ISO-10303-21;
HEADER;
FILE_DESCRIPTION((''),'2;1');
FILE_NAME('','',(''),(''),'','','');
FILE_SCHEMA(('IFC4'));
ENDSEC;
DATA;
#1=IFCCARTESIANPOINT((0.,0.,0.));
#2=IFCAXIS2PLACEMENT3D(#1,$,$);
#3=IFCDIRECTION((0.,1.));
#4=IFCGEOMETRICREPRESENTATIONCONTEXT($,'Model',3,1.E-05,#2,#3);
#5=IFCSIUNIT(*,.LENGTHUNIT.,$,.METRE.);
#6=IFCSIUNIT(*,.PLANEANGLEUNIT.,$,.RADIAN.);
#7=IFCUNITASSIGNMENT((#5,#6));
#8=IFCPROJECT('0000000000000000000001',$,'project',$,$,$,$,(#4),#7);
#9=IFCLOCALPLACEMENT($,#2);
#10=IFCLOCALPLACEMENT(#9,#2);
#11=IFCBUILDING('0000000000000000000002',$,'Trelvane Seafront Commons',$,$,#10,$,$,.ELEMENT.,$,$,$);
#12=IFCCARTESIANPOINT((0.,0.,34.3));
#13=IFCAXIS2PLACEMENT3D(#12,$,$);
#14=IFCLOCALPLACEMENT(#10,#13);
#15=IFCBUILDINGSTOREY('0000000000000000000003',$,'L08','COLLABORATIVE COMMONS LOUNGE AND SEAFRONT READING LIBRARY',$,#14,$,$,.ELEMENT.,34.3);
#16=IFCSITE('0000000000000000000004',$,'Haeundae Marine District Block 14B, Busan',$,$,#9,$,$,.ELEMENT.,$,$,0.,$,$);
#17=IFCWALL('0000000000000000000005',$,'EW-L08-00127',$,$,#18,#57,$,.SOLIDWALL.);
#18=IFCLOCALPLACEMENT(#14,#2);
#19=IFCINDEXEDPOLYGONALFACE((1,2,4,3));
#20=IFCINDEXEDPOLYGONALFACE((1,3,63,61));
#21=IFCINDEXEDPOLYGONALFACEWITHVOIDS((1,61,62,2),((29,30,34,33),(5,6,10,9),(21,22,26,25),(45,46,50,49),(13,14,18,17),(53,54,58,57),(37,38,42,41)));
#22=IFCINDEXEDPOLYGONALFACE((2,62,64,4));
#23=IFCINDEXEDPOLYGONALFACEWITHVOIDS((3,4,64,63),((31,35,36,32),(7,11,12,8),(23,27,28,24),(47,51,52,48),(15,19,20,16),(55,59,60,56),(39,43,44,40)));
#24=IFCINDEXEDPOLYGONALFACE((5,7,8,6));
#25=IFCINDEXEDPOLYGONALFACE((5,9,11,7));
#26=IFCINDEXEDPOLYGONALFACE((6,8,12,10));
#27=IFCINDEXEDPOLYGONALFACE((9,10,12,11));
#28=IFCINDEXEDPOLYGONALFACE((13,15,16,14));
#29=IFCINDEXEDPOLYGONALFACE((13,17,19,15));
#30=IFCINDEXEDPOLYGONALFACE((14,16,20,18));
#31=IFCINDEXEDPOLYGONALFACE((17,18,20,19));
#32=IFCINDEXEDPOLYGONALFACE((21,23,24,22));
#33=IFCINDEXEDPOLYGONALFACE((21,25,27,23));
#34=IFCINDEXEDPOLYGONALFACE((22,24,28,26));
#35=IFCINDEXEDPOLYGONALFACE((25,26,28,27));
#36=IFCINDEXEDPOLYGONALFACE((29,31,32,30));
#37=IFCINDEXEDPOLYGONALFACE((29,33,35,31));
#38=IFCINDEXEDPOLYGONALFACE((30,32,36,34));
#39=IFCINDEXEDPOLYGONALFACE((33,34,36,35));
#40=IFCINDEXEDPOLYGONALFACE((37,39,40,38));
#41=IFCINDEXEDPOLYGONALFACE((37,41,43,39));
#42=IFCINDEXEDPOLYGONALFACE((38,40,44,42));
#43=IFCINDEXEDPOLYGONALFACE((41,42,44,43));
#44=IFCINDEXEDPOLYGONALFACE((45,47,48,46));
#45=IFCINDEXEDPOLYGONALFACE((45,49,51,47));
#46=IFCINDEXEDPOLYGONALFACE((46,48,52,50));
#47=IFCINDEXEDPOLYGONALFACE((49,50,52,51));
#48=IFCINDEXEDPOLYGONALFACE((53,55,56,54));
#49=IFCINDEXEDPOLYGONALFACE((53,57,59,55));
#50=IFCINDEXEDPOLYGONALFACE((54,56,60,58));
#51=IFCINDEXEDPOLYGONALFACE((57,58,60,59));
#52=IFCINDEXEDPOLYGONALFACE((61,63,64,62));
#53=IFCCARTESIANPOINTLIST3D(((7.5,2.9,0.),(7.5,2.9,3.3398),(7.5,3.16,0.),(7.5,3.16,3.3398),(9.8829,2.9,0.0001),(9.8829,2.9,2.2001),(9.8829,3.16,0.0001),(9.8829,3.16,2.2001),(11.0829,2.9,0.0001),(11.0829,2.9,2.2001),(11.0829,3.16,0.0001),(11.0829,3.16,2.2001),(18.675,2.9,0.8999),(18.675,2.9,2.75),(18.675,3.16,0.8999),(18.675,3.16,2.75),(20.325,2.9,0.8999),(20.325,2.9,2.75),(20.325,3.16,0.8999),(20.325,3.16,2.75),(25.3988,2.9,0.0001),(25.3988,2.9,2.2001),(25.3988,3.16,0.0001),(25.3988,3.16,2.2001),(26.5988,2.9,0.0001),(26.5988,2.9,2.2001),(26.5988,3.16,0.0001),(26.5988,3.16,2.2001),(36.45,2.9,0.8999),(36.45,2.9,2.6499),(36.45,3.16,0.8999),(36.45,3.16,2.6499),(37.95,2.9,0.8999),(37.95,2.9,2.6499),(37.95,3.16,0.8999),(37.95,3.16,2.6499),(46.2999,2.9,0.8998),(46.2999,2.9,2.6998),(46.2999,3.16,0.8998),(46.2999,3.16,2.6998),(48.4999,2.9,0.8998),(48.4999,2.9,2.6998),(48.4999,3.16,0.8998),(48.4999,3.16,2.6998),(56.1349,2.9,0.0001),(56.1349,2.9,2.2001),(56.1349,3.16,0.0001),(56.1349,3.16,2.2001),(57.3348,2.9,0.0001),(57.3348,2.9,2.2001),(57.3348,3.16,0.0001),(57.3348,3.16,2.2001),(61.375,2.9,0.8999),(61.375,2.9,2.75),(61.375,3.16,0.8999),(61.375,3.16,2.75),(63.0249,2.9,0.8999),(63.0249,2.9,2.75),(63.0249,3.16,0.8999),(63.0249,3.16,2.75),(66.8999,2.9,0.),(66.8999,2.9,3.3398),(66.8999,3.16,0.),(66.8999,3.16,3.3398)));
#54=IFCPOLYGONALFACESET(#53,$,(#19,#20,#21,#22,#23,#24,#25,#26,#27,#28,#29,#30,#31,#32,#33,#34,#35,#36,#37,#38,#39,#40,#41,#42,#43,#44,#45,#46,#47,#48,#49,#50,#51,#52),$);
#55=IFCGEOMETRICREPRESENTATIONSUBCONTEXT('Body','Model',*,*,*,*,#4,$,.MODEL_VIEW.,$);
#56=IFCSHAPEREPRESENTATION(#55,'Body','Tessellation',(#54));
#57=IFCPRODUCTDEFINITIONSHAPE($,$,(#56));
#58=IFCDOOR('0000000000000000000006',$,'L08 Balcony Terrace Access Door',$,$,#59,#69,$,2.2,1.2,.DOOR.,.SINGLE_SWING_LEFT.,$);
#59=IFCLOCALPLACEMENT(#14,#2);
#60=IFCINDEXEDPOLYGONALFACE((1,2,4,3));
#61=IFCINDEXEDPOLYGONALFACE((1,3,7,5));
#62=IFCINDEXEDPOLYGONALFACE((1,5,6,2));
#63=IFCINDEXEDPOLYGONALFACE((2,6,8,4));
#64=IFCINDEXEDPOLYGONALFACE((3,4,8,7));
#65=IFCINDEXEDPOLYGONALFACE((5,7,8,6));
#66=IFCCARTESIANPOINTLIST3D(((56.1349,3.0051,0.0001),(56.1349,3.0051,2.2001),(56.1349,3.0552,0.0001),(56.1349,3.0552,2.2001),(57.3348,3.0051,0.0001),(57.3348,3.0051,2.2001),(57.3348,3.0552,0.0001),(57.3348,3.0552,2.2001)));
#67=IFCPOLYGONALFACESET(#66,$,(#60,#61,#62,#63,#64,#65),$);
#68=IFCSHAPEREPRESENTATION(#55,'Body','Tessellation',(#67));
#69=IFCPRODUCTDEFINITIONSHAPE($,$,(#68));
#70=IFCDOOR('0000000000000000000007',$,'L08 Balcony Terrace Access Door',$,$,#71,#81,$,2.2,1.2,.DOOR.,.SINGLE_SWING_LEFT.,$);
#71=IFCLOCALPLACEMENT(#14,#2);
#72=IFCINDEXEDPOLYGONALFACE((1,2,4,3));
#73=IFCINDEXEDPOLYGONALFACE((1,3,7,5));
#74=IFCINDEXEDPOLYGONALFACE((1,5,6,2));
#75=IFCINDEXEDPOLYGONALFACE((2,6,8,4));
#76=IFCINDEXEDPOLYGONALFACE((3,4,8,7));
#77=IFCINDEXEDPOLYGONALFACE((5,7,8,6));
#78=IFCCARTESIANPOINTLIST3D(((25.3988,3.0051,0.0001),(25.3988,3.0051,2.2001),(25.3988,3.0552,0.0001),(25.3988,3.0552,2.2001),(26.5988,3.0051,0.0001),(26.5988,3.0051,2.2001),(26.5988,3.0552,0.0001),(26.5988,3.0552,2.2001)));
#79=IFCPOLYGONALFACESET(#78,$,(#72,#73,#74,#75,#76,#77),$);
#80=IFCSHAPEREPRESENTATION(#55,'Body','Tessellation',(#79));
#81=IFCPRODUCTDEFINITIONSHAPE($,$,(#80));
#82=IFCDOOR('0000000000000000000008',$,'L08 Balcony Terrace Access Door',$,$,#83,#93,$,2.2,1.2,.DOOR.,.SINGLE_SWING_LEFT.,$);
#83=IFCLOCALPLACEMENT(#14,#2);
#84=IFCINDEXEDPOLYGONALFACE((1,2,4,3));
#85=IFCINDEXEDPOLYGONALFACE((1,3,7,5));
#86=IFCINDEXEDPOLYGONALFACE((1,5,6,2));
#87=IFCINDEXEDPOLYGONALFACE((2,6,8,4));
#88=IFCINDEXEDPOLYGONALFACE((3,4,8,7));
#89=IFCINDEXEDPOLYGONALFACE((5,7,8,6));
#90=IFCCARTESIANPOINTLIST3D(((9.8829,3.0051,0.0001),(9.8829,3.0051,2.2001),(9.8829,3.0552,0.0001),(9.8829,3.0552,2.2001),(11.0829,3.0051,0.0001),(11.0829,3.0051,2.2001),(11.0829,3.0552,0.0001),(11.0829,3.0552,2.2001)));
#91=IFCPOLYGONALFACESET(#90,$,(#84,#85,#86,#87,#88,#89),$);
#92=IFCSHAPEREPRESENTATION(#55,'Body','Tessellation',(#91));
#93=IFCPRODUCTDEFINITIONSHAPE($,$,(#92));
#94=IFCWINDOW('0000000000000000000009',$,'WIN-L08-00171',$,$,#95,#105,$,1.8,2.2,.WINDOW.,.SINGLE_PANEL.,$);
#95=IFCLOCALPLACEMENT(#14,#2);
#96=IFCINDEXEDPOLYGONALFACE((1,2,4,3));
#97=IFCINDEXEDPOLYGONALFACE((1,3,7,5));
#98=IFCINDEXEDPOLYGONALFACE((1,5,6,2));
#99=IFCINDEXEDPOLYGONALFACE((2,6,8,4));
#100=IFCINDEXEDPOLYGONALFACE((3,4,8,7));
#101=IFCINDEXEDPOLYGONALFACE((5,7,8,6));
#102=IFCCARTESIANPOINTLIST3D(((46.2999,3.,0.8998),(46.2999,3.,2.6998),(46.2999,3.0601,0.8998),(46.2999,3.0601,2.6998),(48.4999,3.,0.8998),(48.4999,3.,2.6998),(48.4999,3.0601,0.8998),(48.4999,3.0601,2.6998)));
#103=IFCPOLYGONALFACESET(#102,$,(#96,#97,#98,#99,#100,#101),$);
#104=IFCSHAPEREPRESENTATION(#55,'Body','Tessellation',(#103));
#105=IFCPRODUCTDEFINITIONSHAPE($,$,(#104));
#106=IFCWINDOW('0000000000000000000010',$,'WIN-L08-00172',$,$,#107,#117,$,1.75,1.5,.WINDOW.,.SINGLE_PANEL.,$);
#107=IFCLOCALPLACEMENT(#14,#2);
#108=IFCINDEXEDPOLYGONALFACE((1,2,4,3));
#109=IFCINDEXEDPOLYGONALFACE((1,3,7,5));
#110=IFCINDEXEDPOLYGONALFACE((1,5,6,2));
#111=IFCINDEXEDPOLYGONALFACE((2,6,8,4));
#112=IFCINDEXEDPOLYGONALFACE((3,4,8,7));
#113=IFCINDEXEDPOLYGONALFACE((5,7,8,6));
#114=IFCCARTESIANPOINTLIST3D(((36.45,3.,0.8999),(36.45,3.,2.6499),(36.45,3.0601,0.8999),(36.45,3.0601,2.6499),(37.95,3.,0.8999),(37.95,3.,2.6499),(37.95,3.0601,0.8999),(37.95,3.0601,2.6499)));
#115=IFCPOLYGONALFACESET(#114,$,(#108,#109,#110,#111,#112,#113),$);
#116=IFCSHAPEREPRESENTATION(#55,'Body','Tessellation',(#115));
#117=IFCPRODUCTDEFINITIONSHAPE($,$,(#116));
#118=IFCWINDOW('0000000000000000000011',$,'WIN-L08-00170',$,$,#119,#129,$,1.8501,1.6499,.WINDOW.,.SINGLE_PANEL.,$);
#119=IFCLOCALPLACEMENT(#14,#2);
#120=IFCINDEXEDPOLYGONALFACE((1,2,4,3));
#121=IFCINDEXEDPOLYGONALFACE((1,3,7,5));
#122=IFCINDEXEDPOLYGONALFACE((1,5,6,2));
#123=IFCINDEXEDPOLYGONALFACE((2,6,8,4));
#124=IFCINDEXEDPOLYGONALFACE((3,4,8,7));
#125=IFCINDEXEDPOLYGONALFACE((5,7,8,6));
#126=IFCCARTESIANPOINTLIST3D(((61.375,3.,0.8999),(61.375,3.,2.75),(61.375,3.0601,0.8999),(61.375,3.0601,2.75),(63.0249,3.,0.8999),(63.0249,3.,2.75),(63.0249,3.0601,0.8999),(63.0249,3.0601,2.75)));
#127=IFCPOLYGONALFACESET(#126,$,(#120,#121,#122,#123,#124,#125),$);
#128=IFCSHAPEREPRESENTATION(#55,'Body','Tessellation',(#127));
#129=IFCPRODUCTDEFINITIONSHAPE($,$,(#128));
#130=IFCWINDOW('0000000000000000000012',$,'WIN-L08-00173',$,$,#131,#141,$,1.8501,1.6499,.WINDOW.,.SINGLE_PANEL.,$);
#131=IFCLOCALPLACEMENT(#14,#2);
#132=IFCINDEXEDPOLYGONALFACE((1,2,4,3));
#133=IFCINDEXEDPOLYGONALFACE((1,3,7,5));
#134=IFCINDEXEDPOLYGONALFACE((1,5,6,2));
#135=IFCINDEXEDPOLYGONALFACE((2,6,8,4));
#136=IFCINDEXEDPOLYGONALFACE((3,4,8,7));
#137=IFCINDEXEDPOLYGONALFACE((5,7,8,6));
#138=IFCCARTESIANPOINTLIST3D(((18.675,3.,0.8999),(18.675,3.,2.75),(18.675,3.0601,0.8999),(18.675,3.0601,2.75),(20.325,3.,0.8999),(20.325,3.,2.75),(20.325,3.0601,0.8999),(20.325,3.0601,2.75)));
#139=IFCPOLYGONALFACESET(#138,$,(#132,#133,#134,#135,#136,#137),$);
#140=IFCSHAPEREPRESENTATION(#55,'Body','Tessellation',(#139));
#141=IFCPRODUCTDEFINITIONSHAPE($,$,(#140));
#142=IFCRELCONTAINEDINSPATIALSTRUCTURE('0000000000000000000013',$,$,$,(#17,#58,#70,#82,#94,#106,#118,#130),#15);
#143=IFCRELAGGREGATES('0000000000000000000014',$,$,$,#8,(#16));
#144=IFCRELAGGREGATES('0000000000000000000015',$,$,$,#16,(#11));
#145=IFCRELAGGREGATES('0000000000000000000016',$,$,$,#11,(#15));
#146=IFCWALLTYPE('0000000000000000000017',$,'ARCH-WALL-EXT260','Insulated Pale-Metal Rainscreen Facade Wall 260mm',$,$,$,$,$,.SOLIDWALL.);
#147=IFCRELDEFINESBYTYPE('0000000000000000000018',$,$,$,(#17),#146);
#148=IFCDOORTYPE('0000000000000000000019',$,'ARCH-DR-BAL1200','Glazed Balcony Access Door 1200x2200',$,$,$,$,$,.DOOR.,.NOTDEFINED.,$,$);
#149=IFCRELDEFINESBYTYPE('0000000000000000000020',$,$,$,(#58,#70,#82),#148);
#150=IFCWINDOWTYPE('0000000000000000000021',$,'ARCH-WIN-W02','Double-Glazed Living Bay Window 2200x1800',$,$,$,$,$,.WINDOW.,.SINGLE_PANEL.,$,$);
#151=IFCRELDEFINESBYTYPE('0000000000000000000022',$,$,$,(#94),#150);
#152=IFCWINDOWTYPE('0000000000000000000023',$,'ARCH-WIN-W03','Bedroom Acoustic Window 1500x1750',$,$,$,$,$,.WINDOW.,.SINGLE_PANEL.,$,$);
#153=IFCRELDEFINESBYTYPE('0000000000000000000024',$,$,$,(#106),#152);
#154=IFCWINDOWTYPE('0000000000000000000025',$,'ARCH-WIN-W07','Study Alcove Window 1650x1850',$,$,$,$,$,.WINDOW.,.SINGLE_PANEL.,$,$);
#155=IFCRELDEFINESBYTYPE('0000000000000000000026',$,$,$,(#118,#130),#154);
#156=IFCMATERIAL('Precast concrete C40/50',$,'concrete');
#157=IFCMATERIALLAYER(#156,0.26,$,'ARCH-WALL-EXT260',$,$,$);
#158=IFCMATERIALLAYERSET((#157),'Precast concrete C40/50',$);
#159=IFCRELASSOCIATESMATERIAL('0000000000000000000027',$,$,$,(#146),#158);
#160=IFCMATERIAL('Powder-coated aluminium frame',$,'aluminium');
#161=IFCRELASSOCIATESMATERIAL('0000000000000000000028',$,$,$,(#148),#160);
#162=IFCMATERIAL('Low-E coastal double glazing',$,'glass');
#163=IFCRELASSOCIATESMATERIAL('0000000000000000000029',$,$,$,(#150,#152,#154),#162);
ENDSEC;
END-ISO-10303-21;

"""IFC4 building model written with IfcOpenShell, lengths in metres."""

from ifc_helpers import new_model, si_unit, direction, frame, frame_2d, origin, place, context, subcontext, project, spatial, rectangle, extrude, source, transform, mapped, material, layer, layer_set, type_object, element, fill, save


model = new_model("IFC4")

# Units and contexts
model_context = context("Model", 3, precision=1e-05, world=origin(), true_north=direction((0.0, 1.0)))
body_context = subcontext(model_context, "Body", "Model", "MODEL_VIEW")
ifc_project = project(units=[si_unit("LENGTHUNIT", "METRE"), si_unit("PLANEANGLEUNIT", "RADIAN")], contexts=[model_context])

# Site, building, storey
site_placement = place(None, origin())
site = spatial("IfcSite", under=ifc_project, at=site_placement, Name="Haeundae Marine District Block 14B, Busan", CompositionType="ELEMENT", RefElevation=0.0)
building_placement = place(site_placement, origin())
building = spatial("IfcBuilding", under=site, at=building_placement, Name="Trelvane Seafront Commons", CompositionType="ELEMENT")
storey_placement = place(building_placement, frame((0.0, 0.0, 34.3)))
storey = spatial("IfcBuildingStorey", under=building, at=storey_placement, Name="L08", Description="COLLABORATIVE COMMONS LOUNGE AND SEAFRONT READING LIBRARY", CompositionType="ELEMENT", Elevation=34.3)

# Shared definitions
ifc_material_1 = material(Name="Precast concrete C40/50", Category="concrete")
ifc_layer_1 = layer(ifc_material_1, 0.26, Name="ARCH-WALL-EXT260")
ifc_layer_set_1 = layer_set([ifc_layer_1], Name="Precast concrete C40/50")
wall_type_1 = type_object("IfcWallType", Name="ARCH-WALL-EXT260", Description="Insulated Pale-Metal Rainscreen Facade Wall 260mm", PredefinedType="SOLIDWALL", material=ifc_layer_set_1)

# Wall, openings, doors, windows
wall_1_placement = place(storey_placement, frame((66.8999, 3.03, 0.0), z_axis=(0.0, 0.0, 1.0), x_axis=(-1.0, 0.0, 0.0)))
wall_1 = element("IfcWall", 1, at=wall_1_placement, inside=storey, type_object=wall_type_1, Name="EW-L08-00127", PredefinedType="SOLIDWALL", context=body_context, shape_type="SweptSolid", body=[
    extrude(rectangle(XDim=59.3999, YDim=0.26, at=frame_2d((29.7, 0.0))), origin(), (0.0, 0.0, 1.0), 3.3398),
])
opening_1_placement = place(wall_1_placement, frame((3.875, 0.0, 0.8999)))
opening_1 = element("IfcOpeningElement", 2, at=opening_1_placement, cuts=wall_1, PredefinedType="OPENING", context=body_context, shape_type="SweptSolid", body=[
    extrude(rectangle(XDim=1.6499, YDim=1.8501, at=frame_2d((0.825, 0.925))), frame((0.0, 0.1399, 0.0), z_axis=(0.0, -1.0, 0.0), x_axis=(1.0, 0.0, 0.0)), (0.0, 0.0, 1.0), 0.28),
])
opening_2_placement = place(wall_1_placement, frame((9.5649, 0.0, 0.0)))
opening_2 = element("IfcOpeningElement", 3, at=opening_2_placement, cuts=wall_1, PredefinedType="OPENING", context=body_context, shape_type="SweptSolid", body=[
    extrude(rectangle(XDim=1.2, YDim=2.2, at=frame_2d((0.6001, 1.1001))), frame((0.0, 0.1399, 0.0), z_axis=(0.0, -1.0, 0.0), x_axis=(1.0, 0.0, 0.0)), (0.0, 0.0, 1.0), 0.28),
])
opening_3_placement = place(wall_1_placement, frame((18.3999, 0.0, 0.8999)))
opening_3 = element("IfcOpeningElement", 4, at=opening_3_placement, cuts=wall_1, PredefinedType="OPENING", context=body_context, shape_type="SweptSolid", body=[
    extrude(rectangle(XDim=2.2, YDim=1.8, at=frame_2d((1.1001, 0.8999))), frame((0.0, 0.1399, 0.0), z_axis=(0.0, -1.0, 0.0), x_axis=(1.0, 0.0, 0.0)), (0.0, 0.0, 1.0), 0.28),
])
opening_4_placement = place(wall_1_placement, frame((28.95, 0.0, 0.8999)))
opening_4 = element("IfcOpeningElement", 5, at=opening_4_placement, cuts=wall_1, PredefinedType="OPENING", context=body_context, shape_type="SweptSolid", body=[
    extrude(rectangle(XDim=1.5, YDim=1.75, at=frame_2d((0.75, 0.875))), frame((0.0, 0.1399, 0.0), z_axis=(0.0, -1.0, 0.0), x_axis=(1.0, 0.0, 0.0)), (0.0, 0.0, 1.0), 0.28),
])
opening_5_placement = place(wall_1_placement, frame((40.301, 0.0, 0.0)))
opening_5 = element("IfcOpeningElement", 6, at=opening_5_placement, cuts=wall_1, PredefinedType="OPENING", context=body_context, shape_type="SweptSolid", body=[
    extrude(rectangle(XDim=1.2, YDim=2.2, at=frame_2d((0.6001, 1.1001))), frame((0.0, 0.1399, 0.0), z_axis=(0.0, -1.0, 0.0), x_axis=(1.0, 0.0, 0.0)), (0.0, 0.0, 1.0), 0.28),
])
opening_6_placement = place(wall_1_placement, frame((46.575, 0.0, 0.8999)))
opening_6 = element("IfcOpeningElement", 7, at=opening_6_placement, cuts=wall_1, PredefinedType="OPENING", context=body_context, shape_type="SweptSolid", body=[
    extrude(rectangle(XDim=1.6499, YDim=1.8501, at=frame_2d((0.825, 0.925))), frame((0.0, 0.1399, 0.0), z_axis=(0.0, -1.0, 0.0), x_axis=(1.0, 0.0, 0.0)), (0.0, 0.0, 1.0), 0.28),
])
opening_7_placement = place(wall_1_placement, frame((55.8169, 0.0, 0.0)))
opening_7 = element("IfcOpeningElement", 8, at=opening_7_placement, cuts=wall_1, PredefinedType="OPENING", context=body_context, shape_type="SweptSolid", body=[
    extrude(rectangle(XDim=1.2, YDim=2.2, at=frame_2d((0.6001, 1.1001))), frame((0.0, 0.1399, 0.0), z_axis=(0.0, -1.0, 0.0), x_axis=(1.0, 0.0, 0.0)), (0.0, 0.0, 1.0), 0.28),
])
ifc_material_2 = material(Name="Powder-coated aluminium frame", Category="aluminium")
door_type_1 = type_object("IfcDoorType", Name="ARCH-DR-BAL1200", Description="Glazed Balcony Access Door 1200x2200", OperationType="NOTDEFINED", PredefinedType="DOOR", material=ifc_material_2)
shared_shape_1 = source(origin(), body_context, "Body", "SweptSolid", [
    extrude(rectangle(XDim=1.2, YDim=2.2, at=frame_2d((0.6001, 1.1001))), frame((0.0, 0.0249, 0.0), z_axis=(0.0, -1.0, 0.0), x_axis=(1.0, 0.0, 0.0)), (0.0, 0.0, 1.0), 0.05),
])
door_1_placement = place(opening_2_placement, origin())
door_1 = element("IfcDoor", 9, at=door_1_placement, inside=storey, type_object=door_type_1, Name="L08 Balcony Terrace Access Door", OperationType="SINGLE_SWING_LEFT", OverallHeight=2.2, OverallWidth=1.2, PredefinedType="DOOR", context=body_context, shape_type="MappedRepresentation", body=[
    mapped(shared_shape_1, transform((0.0, 0.0, 0.0), x_axis=(1.0, 0.0, 0.0), y_axis=(0.0, 1.0, 0.0), z_axis=(0.0, 0.0, 1.0), scale=1.0)),
])
fill(opening_2, door_1)
door_2_placement = place(opening_5_placement, origin())
door_2 = element("IfcDoor", 10, at=door_2_placement, inside=storey, type_object=door_type_1, Name="L08 Balcony Terrace Access Door", OperationType="SINGLE_SWING_LEFT", OverallHeight=2.2, OverallWidth=1.2, PredefinedType="DOOR", context=body_context, shape_type="MappedRepresentation", body=[
    mapped(shared_shape_1, transform((0.0, 0.0, 0.0), x_axis=(1.0, 0.0, 0.0), y_axis=(0.0, 1.0, 0.0), z_axis=(0.0, 0.0, 1.0), scale=1.0)),
])
fill(opening_5, door_2)
door_3_placement = place(opening_7_placement, origin())
door_3 = element("IfcDoor", 11, at=door_3_placement, inside=storey, type_object=door_type_1, Name="L08 Balcony Terrace Access Door", OperationType="SINGLE_SWING_LEFT", OverallHeight=2.2, OverallWidth=1.2, PredefinedType="DOOR", context=body_context, shape_type="MappedRepresentation", body=[
    mapped(shared_shape_1, transform((0.0, 0.0, 0.0), x_axis=(1.0, 0.0, 0.0), y_axis=(0.0, 1.0, 0.0), z_axis=(0.0, 0.0, 1.0), scale=1.0)),
])
fill(opening_7, door_3)
ifc_material_3 = material(Name="Low-E coastal double glazing", Category="glass")
window_type_1 = type_object("IfcWindowType", Name="ARCH-WIN-W02", Description="Double-Glazed Living Bay Window 2200x1800", PartitioningType="SINGLE_PANEL", PredefinedType="WINDOW", material=ifc_material_3)
shared_shape_2 = source(origin(), body_context, "Body", "SweptSolid", [
    extrude(rectangle(XDim=2.2, YDim=1.8, at=frame_2d((1.1001, 0.8999))), frame((0.0, 0.03, 0.0), z_axis=(0.0, -1.0, 0.0), x_axis=(1.0, 0.0, 0.0)), (0.0, 0.0, 1.0), 0.0601),
])
window_1_placement = place(opening_3_placement, origin())
window_1 = element("IfcWindow", 12, at=window_1_placement, inside=storey, type_object=window_type_1, Name="WIN-L08-00171", OverallHeight=1.8, OverallWidth=2.2, PartitioningType="SINGLE_PANEL", PredefinedType="WINDOW", context=body_context, shape_type="MappedRepresentation", body=[
    mapped(shared_shape_2, transform((0.0, 0.0, 0.0), x_axis=(1.0, 0.0, 0.0), y_axis=(0.0, 1.0, 0.0), z_axis=(0.0, 0.0, 1.0), scale=1.0)),
])
fill(opening_3, window_1)
window_type_2 = type_object("IfcWindowType", Name="ARCH-WIN-W03", Description="Bedroom Acoustic Window 1500x1750", PartitioningType="SINGLE_PANEL", PredefinedType="WINDOW", material=ifc_material_3)
shared_shape_3 = source(origin(), body_context, "Body", "SweptSolid", [
    extrude(rectangle(XDim=1.5, YDim=1.75, at=frame_2d((0.75, 0.875))), frame((0.0, 0.03, 0.0), z_axis=(0.0, -1.0, 0.0), x_axis=(1.0, 0.0, 0.0)), (0.0, 0.0, 1.0), 0.0601),
])
window_2_placement = place(opening_4_placement, origin())
window_2 = element("IfcWindow", 13, at=window_2_placement, inside=storey, type_object=window_type_2, Name="WIN-L08-00172", OverallHeight=1.75, OverallWidth=1.5, PartitioningType="SINGLE_PANEL", PredefinedType="WINDOW", context=body_context, shape_type="MappedRepresentation", body=[
    mapped(shared_shape_3, transform((0.0, 0.0, 0.0), x_axis=(1.0, 0.0, 0.0), y_axis=(0.0, 1.0, 0.0), z_axis=(0.0, 0.0, 1.0), scale=1.0)),
])
fill(opening_4, window_2)
window_type_3 = type_object("IfcWindowType", Name="ARCH-WIN-W07", Description="Study Alcove Window 1650x1850", PartitioningType="SINGLE_PANEL", PredefinedType="WINDOW", material=ifc_material_3)
shared_shape_4 = source(origin(), body_context, "Body", "SweptSolid", [
    extrude(rectangle(XDim=1.6499, YDim=1.8501, at=frame_2d((0.825, 0.925))), frame((0.0, 0.03, 0.0), z_axis=(0.0, -1.0, 0.0), x_axis=(1.0, 0.0, 0.0)), (0.0, 0.0, 1.0), 0.0601),
])
window_3_placement = place(opening_1_placement, origin())
window_3 = element("IfcWindow", 14, at=window_3_placement, inside=storey, type_object=window_type_3, Name="WIN-L08-00170", OverallHeight=1.8501, OverallWidth=1.6499, PartitioningType="SINGLE_PANEL", PredefinedType="WINDOW", context=body_context, shape_type="MappedRepresentation", body=[
    mapped(shared_shape_4, transform((0.0, 0.0, 0.0), x_axis=(1.0, 0.0, 0.0), y_axis=(0.0, 1.0, 0.0), z_axis=(0.0, 0.0, 1.0), scale=1.0)),
])
fill(opening_1, window_3)
window_4_placement = place(opening_6_placement, origin())
window_4 = element("IfcWindow", 15, at=window_4_placement, inside=storey, type_object=window_type_3, Name="WIN-L08-00173", OverallHeight=1.8501, OverallWidth=1.6499, PartitioningType="SINGLE_PANEL", PredefinedType="WINDOW", context=body_context, shape_type="MappedRepresentation", body=[
    mapped(shared_shape_4, transform((0.0, 0.0, 0.0), x_axis=(1.0, 0.0, 0.0), y_axis=(0.0, 1.0, 0.0), z_axis=(0.0, 0.0, 1.0), scale=1.0)),
])
fill(opening_6, window_4)

save(model, "model.ifc")
